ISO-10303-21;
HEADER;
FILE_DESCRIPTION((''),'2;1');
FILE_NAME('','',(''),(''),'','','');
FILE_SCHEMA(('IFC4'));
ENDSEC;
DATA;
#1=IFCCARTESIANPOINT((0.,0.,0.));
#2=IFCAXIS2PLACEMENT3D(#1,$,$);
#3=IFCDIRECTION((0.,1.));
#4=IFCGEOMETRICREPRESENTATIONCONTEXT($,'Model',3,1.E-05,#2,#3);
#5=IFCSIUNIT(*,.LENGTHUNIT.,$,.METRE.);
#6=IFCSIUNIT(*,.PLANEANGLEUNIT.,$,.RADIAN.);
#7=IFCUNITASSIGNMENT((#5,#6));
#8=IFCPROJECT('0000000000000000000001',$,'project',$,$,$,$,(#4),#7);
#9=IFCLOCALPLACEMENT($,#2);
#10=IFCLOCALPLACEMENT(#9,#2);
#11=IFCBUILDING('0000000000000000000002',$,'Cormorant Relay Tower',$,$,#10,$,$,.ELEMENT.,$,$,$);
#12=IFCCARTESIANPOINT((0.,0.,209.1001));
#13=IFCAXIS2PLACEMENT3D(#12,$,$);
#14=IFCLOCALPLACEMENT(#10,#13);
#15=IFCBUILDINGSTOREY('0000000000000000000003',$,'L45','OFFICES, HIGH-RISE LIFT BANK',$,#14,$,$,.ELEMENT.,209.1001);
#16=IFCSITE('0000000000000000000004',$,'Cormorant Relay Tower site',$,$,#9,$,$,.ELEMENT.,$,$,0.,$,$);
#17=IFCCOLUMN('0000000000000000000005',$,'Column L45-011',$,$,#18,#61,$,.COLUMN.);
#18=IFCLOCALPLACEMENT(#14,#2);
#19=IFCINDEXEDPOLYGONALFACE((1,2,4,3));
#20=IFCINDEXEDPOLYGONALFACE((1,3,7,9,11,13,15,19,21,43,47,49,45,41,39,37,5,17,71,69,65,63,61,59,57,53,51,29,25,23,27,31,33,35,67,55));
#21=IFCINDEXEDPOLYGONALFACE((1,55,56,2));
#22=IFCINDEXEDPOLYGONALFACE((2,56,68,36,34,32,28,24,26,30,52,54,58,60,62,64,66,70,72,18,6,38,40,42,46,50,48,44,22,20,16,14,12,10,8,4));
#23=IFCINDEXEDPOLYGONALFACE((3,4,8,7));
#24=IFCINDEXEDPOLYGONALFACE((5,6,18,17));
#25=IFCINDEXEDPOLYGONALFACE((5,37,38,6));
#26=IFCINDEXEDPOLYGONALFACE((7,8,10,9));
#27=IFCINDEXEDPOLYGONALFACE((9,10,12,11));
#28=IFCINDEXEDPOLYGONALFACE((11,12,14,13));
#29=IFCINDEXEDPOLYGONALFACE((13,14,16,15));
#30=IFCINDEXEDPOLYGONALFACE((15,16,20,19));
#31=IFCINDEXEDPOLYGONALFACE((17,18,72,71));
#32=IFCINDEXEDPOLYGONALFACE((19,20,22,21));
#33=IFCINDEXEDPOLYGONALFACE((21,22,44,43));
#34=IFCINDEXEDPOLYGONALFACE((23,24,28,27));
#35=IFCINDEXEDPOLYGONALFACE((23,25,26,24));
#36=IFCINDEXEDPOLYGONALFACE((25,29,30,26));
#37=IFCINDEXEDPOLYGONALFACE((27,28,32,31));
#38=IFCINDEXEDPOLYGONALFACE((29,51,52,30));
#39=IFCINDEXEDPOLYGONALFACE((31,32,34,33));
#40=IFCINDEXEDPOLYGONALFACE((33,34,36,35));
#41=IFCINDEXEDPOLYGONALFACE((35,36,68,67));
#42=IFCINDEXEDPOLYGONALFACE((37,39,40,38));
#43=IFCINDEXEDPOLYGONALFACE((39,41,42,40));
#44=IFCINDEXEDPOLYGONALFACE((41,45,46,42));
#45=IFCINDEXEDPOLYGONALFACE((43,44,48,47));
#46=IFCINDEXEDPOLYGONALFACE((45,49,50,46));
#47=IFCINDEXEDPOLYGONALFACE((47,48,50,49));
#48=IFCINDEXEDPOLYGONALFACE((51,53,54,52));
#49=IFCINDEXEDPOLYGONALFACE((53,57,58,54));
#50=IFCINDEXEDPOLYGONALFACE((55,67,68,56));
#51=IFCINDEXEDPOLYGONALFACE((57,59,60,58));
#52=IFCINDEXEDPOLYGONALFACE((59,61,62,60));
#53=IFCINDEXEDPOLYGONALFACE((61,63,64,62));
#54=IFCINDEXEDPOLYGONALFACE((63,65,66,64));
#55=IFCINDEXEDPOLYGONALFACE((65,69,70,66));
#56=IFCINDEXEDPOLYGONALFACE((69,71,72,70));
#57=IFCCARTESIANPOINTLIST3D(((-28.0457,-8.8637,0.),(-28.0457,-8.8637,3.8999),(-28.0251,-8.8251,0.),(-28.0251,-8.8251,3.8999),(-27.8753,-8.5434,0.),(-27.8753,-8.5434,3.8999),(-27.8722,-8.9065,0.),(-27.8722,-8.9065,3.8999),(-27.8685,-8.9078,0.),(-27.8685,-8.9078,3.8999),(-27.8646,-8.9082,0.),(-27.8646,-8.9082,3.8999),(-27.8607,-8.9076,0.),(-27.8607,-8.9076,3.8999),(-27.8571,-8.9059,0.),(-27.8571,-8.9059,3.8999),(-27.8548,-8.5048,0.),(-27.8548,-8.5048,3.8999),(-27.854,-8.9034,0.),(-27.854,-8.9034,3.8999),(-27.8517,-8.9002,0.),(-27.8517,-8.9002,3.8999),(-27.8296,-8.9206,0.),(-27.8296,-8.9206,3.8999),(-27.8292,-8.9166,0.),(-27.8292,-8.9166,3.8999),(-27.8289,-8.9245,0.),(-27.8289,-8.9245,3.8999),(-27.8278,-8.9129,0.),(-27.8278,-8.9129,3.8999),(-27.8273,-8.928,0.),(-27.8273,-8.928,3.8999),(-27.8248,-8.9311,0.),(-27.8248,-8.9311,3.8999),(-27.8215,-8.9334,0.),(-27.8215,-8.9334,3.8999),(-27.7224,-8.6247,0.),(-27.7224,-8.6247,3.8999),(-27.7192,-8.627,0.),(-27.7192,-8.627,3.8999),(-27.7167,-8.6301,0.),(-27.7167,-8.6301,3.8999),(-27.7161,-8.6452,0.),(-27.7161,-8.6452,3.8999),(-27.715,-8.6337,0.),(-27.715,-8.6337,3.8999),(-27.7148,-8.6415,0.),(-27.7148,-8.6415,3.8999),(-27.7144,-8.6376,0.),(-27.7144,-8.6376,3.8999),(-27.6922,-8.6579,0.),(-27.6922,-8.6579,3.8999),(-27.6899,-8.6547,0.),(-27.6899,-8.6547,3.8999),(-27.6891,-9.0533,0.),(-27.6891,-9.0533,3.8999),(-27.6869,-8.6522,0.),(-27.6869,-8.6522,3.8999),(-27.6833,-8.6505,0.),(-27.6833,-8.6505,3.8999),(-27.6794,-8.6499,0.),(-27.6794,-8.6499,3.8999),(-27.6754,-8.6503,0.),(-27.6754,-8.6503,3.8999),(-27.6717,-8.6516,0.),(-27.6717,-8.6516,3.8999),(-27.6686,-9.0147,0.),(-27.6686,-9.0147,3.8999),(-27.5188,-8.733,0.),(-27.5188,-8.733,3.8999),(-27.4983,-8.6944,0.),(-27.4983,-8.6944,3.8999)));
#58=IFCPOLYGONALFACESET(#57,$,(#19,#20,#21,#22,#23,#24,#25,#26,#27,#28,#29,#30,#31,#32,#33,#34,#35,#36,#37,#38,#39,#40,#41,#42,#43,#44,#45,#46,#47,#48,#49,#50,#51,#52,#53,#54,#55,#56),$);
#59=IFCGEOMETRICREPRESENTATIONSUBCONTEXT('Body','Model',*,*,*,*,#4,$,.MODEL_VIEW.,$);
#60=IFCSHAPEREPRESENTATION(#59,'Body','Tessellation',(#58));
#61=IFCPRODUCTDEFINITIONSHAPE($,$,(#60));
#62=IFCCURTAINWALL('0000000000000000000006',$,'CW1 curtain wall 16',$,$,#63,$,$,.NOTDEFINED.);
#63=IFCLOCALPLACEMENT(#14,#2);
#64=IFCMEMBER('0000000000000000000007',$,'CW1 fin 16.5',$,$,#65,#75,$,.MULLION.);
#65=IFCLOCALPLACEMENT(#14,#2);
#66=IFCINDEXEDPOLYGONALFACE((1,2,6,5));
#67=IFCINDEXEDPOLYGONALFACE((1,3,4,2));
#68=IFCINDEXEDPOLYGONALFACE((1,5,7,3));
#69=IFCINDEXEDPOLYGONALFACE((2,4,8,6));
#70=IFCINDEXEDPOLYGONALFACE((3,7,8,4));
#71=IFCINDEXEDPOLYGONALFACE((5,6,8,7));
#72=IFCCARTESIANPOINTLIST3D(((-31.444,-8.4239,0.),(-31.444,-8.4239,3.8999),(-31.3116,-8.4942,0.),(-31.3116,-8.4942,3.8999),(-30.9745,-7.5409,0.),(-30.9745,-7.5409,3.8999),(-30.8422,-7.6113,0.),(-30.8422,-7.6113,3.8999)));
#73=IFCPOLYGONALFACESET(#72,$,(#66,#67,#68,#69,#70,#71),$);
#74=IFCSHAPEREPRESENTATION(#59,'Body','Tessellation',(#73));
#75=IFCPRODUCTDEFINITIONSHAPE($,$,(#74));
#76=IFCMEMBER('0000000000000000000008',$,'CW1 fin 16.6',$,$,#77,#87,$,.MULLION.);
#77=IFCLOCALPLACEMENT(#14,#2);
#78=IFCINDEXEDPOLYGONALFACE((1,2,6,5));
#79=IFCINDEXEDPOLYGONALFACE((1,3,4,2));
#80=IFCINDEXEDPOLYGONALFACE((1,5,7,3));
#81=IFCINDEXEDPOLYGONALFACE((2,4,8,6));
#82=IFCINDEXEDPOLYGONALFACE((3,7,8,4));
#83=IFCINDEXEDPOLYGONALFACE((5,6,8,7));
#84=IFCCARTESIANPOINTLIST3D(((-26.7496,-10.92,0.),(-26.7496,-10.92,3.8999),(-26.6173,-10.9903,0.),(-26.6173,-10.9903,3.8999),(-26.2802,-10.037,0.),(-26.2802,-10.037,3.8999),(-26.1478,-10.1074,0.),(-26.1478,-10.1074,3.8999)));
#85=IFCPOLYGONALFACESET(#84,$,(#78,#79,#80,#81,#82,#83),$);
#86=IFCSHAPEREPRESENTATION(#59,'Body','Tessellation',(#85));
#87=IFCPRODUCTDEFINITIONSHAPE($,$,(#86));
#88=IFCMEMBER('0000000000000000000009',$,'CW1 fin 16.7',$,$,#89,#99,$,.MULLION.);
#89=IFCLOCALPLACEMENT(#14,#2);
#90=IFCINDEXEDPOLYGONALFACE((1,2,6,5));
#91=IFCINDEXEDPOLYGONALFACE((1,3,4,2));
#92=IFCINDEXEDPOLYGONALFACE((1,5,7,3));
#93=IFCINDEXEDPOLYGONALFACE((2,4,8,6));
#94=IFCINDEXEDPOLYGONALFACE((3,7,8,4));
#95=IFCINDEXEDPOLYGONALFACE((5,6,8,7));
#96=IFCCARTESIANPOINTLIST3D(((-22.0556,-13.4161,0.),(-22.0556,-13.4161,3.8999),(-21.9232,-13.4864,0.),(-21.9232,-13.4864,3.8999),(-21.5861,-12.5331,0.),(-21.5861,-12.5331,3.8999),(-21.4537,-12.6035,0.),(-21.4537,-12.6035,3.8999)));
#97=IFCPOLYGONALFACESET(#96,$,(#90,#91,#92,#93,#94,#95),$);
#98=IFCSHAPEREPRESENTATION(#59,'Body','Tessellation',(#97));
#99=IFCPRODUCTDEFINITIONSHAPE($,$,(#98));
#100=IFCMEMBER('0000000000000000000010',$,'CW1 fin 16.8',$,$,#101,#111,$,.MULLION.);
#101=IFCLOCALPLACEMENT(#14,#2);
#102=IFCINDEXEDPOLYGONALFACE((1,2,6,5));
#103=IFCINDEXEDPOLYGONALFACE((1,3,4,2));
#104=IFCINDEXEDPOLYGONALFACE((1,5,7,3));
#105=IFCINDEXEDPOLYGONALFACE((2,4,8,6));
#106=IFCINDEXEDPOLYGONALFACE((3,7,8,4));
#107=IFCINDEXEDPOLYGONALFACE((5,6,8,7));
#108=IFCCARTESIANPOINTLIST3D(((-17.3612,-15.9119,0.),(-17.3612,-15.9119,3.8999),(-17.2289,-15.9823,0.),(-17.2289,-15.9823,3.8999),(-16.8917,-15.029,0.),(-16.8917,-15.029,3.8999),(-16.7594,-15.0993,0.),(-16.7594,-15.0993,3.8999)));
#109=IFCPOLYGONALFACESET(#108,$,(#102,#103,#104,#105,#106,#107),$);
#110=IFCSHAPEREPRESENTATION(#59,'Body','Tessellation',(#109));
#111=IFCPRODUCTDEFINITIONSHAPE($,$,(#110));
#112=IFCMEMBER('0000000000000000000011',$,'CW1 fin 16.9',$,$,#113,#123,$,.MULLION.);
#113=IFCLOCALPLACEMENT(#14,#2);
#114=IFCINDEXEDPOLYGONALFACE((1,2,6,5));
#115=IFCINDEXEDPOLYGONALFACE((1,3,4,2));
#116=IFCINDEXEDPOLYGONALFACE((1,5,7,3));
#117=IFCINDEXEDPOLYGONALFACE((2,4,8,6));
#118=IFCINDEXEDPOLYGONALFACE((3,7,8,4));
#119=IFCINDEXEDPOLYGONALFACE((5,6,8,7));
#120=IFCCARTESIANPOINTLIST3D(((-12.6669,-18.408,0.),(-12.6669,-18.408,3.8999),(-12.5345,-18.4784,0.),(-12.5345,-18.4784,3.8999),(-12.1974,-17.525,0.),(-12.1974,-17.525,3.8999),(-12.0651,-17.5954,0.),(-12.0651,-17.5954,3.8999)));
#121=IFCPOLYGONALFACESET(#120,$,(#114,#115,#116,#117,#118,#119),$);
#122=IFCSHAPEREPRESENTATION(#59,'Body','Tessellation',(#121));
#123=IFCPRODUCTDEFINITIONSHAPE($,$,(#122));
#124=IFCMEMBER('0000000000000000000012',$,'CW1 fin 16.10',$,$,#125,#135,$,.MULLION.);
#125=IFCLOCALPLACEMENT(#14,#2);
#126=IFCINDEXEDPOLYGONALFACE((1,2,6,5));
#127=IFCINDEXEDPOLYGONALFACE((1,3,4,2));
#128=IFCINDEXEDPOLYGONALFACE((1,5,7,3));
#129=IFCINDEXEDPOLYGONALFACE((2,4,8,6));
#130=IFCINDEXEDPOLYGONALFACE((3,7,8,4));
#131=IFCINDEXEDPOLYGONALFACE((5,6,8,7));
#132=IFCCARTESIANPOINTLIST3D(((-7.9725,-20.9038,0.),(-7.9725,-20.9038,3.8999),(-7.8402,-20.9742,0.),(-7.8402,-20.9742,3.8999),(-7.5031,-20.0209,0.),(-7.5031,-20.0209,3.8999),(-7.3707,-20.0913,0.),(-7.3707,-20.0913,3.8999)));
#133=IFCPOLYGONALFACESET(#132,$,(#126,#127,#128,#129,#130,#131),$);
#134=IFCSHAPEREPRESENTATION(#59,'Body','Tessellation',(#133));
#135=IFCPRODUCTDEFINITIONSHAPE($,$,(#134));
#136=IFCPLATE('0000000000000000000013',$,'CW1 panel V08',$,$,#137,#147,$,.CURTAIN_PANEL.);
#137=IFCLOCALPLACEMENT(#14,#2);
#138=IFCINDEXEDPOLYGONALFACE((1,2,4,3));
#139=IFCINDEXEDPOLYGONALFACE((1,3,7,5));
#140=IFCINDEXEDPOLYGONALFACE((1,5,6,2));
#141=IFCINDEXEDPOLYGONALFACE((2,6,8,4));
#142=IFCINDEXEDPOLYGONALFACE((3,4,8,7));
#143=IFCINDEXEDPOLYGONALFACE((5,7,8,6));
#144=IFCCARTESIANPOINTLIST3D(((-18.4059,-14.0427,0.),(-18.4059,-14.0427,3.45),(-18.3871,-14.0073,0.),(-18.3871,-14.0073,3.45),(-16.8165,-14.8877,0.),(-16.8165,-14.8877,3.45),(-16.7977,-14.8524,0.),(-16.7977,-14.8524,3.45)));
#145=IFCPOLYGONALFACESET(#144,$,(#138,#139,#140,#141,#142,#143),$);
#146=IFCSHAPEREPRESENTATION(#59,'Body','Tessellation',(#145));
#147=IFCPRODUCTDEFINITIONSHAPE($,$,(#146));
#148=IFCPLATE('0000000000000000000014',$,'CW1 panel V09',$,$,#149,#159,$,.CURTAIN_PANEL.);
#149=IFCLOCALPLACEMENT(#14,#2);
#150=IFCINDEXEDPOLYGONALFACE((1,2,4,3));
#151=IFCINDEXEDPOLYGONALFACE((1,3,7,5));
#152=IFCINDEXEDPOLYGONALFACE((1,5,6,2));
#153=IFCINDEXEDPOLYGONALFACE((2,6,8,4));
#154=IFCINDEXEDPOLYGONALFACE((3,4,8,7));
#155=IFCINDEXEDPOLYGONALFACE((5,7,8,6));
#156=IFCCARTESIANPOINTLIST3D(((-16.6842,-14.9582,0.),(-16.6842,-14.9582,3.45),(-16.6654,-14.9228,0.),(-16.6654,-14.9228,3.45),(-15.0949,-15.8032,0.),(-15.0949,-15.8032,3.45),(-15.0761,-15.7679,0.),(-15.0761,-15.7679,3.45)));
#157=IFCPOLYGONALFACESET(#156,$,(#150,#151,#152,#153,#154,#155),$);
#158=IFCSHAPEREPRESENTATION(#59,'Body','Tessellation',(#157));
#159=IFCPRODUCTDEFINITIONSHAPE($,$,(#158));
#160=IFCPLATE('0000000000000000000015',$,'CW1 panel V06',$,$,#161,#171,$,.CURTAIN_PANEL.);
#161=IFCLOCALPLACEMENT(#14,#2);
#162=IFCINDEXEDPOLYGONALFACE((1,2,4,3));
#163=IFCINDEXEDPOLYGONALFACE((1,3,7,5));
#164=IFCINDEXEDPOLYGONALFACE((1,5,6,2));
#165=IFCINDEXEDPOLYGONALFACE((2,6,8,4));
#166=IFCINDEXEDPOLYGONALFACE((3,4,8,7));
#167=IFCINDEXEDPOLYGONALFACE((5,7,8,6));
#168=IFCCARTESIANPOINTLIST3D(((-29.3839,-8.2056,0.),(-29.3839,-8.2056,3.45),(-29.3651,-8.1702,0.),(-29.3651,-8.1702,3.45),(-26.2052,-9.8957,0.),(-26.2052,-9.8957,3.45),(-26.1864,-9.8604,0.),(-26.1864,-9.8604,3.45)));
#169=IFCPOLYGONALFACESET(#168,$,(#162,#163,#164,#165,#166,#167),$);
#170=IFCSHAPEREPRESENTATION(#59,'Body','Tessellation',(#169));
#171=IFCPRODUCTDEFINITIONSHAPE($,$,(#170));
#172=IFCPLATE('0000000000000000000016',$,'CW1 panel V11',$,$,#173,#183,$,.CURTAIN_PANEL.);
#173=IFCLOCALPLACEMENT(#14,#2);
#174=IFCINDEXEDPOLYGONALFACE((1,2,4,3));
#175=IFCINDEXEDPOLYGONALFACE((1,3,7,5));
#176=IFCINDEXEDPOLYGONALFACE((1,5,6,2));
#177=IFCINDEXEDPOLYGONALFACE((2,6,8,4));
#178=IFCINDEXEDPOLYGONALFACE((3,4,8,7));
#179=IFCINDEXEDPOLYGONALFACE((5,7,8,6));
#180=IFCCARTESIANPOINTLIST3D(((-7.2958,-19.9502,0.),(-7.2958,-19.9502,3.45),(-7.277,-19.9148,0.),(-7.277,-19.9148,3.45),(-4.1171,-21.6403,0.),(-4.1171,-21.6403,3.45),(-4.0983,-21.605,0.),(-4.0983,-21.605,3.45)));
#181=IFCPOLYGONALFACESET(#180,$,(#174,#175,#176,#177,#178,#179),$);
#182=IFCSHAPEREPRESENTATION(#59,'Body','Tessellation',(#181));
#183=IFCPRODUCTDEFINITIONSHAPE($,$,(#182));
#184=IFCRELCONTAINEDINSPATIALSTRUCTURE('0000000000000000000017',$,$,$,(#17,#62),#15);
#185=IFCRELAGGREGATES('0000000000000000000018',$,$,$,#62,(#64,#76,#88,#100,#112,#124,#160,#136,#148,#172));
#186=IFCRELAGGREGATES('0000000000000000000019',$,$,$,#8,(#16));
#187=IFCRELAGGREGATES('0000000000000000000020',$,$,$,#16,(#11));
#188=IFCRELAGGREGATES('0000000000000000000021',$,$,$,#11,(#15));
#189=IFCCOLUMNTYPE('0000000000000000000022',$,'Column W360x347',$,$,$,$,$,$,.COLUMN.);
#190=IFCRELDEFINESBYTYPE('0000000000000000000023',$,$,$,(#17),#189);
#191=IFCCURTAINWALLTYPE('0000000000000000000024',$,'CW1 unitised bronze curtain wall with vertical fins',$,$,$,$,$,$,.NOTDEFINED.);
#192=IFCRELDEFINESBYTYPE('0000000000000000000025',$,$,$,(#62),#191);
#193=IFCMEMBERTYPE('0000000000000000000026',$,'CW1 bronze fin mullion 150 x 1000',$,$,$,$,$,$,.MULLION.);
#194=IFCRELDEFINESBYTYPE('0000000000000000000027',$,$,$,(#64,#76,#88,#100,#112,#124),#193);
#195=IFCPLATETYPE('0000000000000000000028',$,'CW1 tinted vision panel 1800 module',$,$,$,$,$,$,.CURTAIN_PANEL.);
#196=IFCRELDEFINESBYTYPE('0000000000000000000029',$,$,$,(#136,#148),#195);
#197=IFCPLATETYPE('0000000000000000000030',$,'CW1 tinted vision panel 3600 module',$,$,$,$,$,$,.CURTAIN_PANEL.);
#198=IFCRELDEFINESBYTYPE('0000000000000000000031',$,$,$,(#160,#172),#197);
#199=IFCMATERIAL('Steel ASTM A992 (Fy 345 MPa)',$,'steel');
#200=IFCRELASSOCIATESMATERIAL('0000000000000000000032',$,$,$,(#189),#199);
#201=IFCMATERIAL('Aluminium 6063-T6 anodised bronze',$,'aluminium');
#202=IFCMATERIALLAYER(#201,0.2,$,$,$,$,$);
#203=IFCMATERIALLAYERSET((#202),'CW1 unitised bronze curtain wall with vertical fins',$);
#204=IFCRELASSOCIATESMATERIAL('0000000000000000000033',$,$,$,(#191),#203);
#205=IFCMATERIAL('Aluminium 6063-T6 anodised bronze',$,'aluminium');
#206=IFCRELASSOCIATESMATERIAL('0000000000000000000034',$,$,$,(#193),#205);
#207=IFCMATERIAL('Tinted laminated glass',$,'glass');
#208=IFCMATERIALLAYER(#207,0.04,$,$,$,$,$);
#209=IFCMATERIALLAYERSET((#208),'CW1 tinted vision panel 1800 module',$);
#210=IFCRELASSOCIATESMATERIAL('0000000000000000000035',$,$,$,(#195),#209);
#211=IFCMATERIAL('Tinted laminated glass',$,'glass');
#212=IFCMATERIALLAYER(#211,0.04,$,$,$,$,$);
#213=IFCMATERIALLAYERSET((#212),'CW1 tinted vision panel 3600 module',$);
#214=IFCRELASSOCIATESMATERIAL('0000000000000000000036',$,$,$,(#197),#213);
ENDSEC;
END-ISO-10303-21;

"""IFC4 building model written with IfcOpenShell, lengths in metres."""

from ifc_helpers import new_model, si_unit, direction, frame, origin, origin_2d, place, context, subcontext, project, spatial, rectangle, i_section, extrude, material, layer, layer_set, material_profile, profile_set, type_object, element, aggregate, save


model = new_model("IFC4")

# Units and contexts
model_context = context("Model", 3, precision=1e-05, world=origin(), true_north=direction((0.0, 1.0)))
body_context = subcontext(model_context, "Body", "Model", "MODEL_VIEW")
ifc_project = project(units=[si_unit("LENGTHUNIT", "METRE"), si_unit("PLANEANGLEUNIT", "RADIAN")], contexts=[model_context])

# Site, building, storey
site_placement = place(None, origin())
site = spatial("IfcSite", under=ifc_project, at=site_placement, Name="Cormorant Relay Tower site", CompositionType="ELEMENT", RefElevation=0.0)
building_placement = place(site_placement, origin())
building = spatial("IfcBuilding", under=site, at=building_placement, Name="Cormorant Relay Tower", CompositionType="ELEMENT")
storey_placement = place(building_placement, frame((0.0, 0.0, 209.1001)))
storey = spatial("IfcBuildingStorey", under=building, at=storey_placement, Name="L45", Description="OFFICES, HIGH-RISE LIFT BANK", CompositionType="ELEMENT", Elevation=209.1001)

# Column
ifc_material_1 = material(Name="Steel ASTM A992 (Fy 345 MPa)", Category="steel")
ifc_material_profile_1 = material_profile(ifc_material_1, i_section(OverallWidth=0.4038, OverallDepth=0.4065, WebThickness=0.0271, FlangeThickness=0.0437, FilletRadius=0.0151, at=origin_2d()), Name="W360x347")
ifc_profile_set_1 = profile_set([ifc_material_profile_1], Name="Steel ASTM A992 (Fy 345 MPa)")
column_type_1 = type_object("IfcColumnType", Name="Column W360x347", PredefinedType="COLUMN", material=ifc_profile_set_1)
for number, where, z_axis, x_axis, name in (
    (1, (-27.772, -8.7791, 0.0), (0.0, 0.0, 1.0), (0.882948, -0.469472, 0.0), "Column L45-011"),
):
    element("IfcColumn", number, at=place(storey_placement, frame(where, z_axis=z_axis, x_axis=x_axis)), inside=storey, type_object=column_type_1, Name=name, PredefinedType="COLUMN", context=body_context, shape_type="SweptSolid", body=[
        extrude(i_section(OverallWidth=0.4038, OverallDepth=0.4065, WebThickness=0.0271, FlangeThickness=0.0437, FilletRadius=0.0151, at=origin_2d()), origin(), (0.0, 0.0, 1.0), 3.8999),
    ])

# Curtain wall, members, plates
ifc_material_2 = material(Name="Aluminium 6063-T6 anodised bronze", Category="aluminium")
ifc_layer_1 = layer(ifc_material_2, 0.2)
ifc_layer_set_1 = layer_set([ifc_layer_1], Name="CW1 unitised bronze curtain wall with vertical fins")
curtain_wall_type = type_object("IfcCurtainWallType", Name="CW1 unitised bronze curtain wall with vertical fins", PredefinedType="NOTDEFINED", material=ifc_layer_set_1)
curtain_wall_placement = place(storey_placement, origin())
curtain_wall = element("IfcCurtainWall", 2, at=curtain_wall_placement, inside=storey, type_object=curtain_wall_type, Name="CW1 curtain wall 16", PredefinedType="NOTDEFINED")
ifc_material_3 = material(Name="Aluminium 6063-T6 anodised bronze", Category="aluminium")
ifc_material_profile_2 = material_profile(ifc_material_3, rectangle(XDim=0.1499, YDim=1.0, at=origin_2d()), Name="AL 150x1000")
ifc_profile_set_2 = profile_set([ifc_material_profile_2], Name="Aluminium 6063-T6 anodised bronze")
member_type = type_object("IfcMemberType", Name="CW1 bronze fin mullion 150 x 1000", PredefinedType="MULLION", material=ifc_profile_set_2)
member_1_placement = place(storey_placement, frame((-31.1431, -8.0176, 0.0), z_axis=(0.0, 0.0, 1.0), x_axis=(0.882948, -0.469472, 0.0)))
member_1 = element("IfcMember", 3, at=member_1_placement, type_object=member_type, Name="CW1 fin 16.5", PredefinedType="MULLION", context=body_context, shape_type="SweptSolid", body=[
    extrude(rectangle(XDim=0.1499, YDim=1.0, at=origin_2d()), origin(), (0.0, 0.0, 1.0), 3.8999),
])
member_2_placement = place(storey_placement, frame((-26.4487, -10.5137, 0.0), z_axis=(0.0, 0.0, 1.0), x_axis=(0.882948, -0.469472, 0.0)))
member_2 = element("IfcMember", 4, at=member_2_placement, type_object=member_type, Name="CW1 fin 16.6", PredefinedType="MULLION", context=body_context, shape_type="SweptSolid", body=[
    extrude(rectangle(XDim=0.1499, YDim=1.0, at=origin_2d()), origin(), (0.0, 0.0, 1.0), 3.8999),
])
member_3_placement = place(storey_placement, frame((-21.7546, -13.0098, 0.0), z_axis=(0.0, 0.0, 1.0), x_axis=(0.882948, -0.469472, 0.0)))
member_3 = element("IfcMember", 5, at=member_3_placement, type_object=member_type, Name="CW1 fin 16.7", PredefinedType="MULLION", context=body_context, shape_type="SweptSolid", body=[
    extrude(rectangle(XDim=0.1499, YDim=1.0, at=origin_2d()), origin(), (0.0, 0.0, 1.0), 3.8999),
])
member_4_placement = place(storey_placement, frame((-17.0603, -15.5056, 0.0), z_axis=(0.0, 0.0, 1.0), x_axis=(0.882948, -0.469472, 0.0)))
member_4 = element("IfcMember", 6, at=member_4_placement, type_object=member_type, Name="CW1 fin 16.8", PredefinedType="MULLION", context=body_context, shape_type="SweptSolid", body=[
    extrude(rectangle(XDim=0.1499, YDim=1.0, at=origin_2d()), origin(), (0.0, 0.0, 1.0), 3.8999),
])
member_5_placement = place(storey_placement, frame((-12.366, -18.0017, 0.0), z_axis=(0.0, 0.0, 1.0), x_axis=(0.882948, -0.469472, 0.0)))
member_5 = element("IfcMember", 7, at=member_5_placement, type_object=member_type, Name="CW1 fin 16.9", PredefinedType="MULLION", context=body_context, shape_type="SweptSolid", body=[
    extrude(rectangle(XDim=0.1499, YDim=1.0, at=origin_2d()), origin(), (0.0, 0.0, 1.0), 3.8999),
])
member_6_placement = place(storey_placement, frame((-7.6716, -20.4976, 0.0), z_axis=(0.0, 0.0, 1.0), x_axis=(0.882948, -0.469472, 0.0)))
member_6 = element("IfcMember", 8, at=member_6_placement, type_object=member_type, Name="CW1 fin 16.10", PredefinedType="MULLION", context=body_context, shape_type="SweptSolid", body=[
    extrude(rectangle(XDim=0.1499, YDim=1.0, at=origin_2d()), origin(), (0.0, 0.0, 1.0), 3.8999),
])
ifc_material_4 = material(Name="Tinted laminated glass", Category="glass")
ifc_layer_2 = layer(ifc_material_4, 0.04)
ifc_layer_set_2 = layer_set([ifc_layer_2], Name="CW1 tinted vision panel 1800 module")
plate_type_1 = type_object("IfcPlateType", Name="CW1 tinted vision panel 1800 module", PredefinedType="CURTAIN_PANEL", material=ifc_layer_set_2)
plate_1_placement = place(storey_placement, frame((-17.6018, -14.4475, 0.0), z_axis=(0.0, 0.0, 1.0), x_axis=(0.882948, -0.469472, 0.0)))
plate_1 = element("IfcPlate", 9, at=plate_1_placement, type_object=plate_type_1, Name="CW1 panel V08", PredefinedType="CURTAIN_PANEL", context=body_context, shape_type="SweptSolid", body=[
    extrude(rectangle(XDim=1.8, YDim=0.04, at=origin_2d()), origin(), (0.0, 0.0, 1.0), 3.45),
])
plate_2_placement = place(storey_placement, frame((-15.8801, -15.363, 0.0), z_axis=(0.0, 0.0, 1.0), x_axis=(0.882948, -0.469472, 0.0)))
plate_2 = element("IfcPlate", 10, at=plate_2_placement, type_object=plate_type_1, Name="CW1 panel V09", PredefinedType="CURTAIN_PANEL", context=body_context, shape_type="SweptSolid", body=[
    extrude(rectangle(XDim=1.8, YDim=0.04, at=origin_2d()), origin(), (0.0, 0.0, 1.0), 3.45),
])
ifc_material_5 = material(Name="Tinted laminated glass", Category="glass")
ifc_layer_3 = layer(ifc_material_5, 0.04)
ifc_layer_set_3 = layer_set([ifc_layer_3], Name="CW1 tinted vision panel 3600 module")
plate_type_2 = type_object("IfcPlateType", Name="CW1 tinted vision panel 3600 module", PredefinedType="CURTAIN_PANEL", material=ifc_layer_set_3)
plate_3_placement = place(storey_placement, frame((-27.7852, -9.033, 0.0), z_axis=(0.0, 0.0, 1.0), x_axis=(0.882948, -0.469472, 0.0)))
plate_3 = element("IfcPlate", 11, at=plate_3_placement, type_object=plate_type_2, Name="CW1 panel V06", PredefinedType="CURTAIN_PANEL", context=body_context, shape_type="SweptSolid", body=[
    extrude(rectangle(XDim=3.6001, YDim=0.04, at=origin_2d()), origin(), (0.0, 0.0, 1.0), 3.45),
])
plate_4_placement = place(storey_placement, frame((-5.697, -20.7776, 0.0), z_axis=(0.0, 0.0, 1.0), x_axis=(0.882948, -0.469472, 0.0)))
plate_4 = element("IfcPlate", 12, at=plate_4_placement, type_object=plate_type_2, Name="CW1 panel V11", PredefinedType="CURTAIN_PANEL", context=body_context, shape_type="SweptSolid", body=[
    extrude(rectangle(XDim=3.6001, YDim=0.04, at=origin_2d()), origin(), (0.0, 0.0, 1.0), 3.45),
])

aggregate(curtain_wall, [member_1, member_2, member_3, member_4, member_5, member_6, plate_3, plate_1, plate_2, plate_4])

save(model, "model.ifc")
